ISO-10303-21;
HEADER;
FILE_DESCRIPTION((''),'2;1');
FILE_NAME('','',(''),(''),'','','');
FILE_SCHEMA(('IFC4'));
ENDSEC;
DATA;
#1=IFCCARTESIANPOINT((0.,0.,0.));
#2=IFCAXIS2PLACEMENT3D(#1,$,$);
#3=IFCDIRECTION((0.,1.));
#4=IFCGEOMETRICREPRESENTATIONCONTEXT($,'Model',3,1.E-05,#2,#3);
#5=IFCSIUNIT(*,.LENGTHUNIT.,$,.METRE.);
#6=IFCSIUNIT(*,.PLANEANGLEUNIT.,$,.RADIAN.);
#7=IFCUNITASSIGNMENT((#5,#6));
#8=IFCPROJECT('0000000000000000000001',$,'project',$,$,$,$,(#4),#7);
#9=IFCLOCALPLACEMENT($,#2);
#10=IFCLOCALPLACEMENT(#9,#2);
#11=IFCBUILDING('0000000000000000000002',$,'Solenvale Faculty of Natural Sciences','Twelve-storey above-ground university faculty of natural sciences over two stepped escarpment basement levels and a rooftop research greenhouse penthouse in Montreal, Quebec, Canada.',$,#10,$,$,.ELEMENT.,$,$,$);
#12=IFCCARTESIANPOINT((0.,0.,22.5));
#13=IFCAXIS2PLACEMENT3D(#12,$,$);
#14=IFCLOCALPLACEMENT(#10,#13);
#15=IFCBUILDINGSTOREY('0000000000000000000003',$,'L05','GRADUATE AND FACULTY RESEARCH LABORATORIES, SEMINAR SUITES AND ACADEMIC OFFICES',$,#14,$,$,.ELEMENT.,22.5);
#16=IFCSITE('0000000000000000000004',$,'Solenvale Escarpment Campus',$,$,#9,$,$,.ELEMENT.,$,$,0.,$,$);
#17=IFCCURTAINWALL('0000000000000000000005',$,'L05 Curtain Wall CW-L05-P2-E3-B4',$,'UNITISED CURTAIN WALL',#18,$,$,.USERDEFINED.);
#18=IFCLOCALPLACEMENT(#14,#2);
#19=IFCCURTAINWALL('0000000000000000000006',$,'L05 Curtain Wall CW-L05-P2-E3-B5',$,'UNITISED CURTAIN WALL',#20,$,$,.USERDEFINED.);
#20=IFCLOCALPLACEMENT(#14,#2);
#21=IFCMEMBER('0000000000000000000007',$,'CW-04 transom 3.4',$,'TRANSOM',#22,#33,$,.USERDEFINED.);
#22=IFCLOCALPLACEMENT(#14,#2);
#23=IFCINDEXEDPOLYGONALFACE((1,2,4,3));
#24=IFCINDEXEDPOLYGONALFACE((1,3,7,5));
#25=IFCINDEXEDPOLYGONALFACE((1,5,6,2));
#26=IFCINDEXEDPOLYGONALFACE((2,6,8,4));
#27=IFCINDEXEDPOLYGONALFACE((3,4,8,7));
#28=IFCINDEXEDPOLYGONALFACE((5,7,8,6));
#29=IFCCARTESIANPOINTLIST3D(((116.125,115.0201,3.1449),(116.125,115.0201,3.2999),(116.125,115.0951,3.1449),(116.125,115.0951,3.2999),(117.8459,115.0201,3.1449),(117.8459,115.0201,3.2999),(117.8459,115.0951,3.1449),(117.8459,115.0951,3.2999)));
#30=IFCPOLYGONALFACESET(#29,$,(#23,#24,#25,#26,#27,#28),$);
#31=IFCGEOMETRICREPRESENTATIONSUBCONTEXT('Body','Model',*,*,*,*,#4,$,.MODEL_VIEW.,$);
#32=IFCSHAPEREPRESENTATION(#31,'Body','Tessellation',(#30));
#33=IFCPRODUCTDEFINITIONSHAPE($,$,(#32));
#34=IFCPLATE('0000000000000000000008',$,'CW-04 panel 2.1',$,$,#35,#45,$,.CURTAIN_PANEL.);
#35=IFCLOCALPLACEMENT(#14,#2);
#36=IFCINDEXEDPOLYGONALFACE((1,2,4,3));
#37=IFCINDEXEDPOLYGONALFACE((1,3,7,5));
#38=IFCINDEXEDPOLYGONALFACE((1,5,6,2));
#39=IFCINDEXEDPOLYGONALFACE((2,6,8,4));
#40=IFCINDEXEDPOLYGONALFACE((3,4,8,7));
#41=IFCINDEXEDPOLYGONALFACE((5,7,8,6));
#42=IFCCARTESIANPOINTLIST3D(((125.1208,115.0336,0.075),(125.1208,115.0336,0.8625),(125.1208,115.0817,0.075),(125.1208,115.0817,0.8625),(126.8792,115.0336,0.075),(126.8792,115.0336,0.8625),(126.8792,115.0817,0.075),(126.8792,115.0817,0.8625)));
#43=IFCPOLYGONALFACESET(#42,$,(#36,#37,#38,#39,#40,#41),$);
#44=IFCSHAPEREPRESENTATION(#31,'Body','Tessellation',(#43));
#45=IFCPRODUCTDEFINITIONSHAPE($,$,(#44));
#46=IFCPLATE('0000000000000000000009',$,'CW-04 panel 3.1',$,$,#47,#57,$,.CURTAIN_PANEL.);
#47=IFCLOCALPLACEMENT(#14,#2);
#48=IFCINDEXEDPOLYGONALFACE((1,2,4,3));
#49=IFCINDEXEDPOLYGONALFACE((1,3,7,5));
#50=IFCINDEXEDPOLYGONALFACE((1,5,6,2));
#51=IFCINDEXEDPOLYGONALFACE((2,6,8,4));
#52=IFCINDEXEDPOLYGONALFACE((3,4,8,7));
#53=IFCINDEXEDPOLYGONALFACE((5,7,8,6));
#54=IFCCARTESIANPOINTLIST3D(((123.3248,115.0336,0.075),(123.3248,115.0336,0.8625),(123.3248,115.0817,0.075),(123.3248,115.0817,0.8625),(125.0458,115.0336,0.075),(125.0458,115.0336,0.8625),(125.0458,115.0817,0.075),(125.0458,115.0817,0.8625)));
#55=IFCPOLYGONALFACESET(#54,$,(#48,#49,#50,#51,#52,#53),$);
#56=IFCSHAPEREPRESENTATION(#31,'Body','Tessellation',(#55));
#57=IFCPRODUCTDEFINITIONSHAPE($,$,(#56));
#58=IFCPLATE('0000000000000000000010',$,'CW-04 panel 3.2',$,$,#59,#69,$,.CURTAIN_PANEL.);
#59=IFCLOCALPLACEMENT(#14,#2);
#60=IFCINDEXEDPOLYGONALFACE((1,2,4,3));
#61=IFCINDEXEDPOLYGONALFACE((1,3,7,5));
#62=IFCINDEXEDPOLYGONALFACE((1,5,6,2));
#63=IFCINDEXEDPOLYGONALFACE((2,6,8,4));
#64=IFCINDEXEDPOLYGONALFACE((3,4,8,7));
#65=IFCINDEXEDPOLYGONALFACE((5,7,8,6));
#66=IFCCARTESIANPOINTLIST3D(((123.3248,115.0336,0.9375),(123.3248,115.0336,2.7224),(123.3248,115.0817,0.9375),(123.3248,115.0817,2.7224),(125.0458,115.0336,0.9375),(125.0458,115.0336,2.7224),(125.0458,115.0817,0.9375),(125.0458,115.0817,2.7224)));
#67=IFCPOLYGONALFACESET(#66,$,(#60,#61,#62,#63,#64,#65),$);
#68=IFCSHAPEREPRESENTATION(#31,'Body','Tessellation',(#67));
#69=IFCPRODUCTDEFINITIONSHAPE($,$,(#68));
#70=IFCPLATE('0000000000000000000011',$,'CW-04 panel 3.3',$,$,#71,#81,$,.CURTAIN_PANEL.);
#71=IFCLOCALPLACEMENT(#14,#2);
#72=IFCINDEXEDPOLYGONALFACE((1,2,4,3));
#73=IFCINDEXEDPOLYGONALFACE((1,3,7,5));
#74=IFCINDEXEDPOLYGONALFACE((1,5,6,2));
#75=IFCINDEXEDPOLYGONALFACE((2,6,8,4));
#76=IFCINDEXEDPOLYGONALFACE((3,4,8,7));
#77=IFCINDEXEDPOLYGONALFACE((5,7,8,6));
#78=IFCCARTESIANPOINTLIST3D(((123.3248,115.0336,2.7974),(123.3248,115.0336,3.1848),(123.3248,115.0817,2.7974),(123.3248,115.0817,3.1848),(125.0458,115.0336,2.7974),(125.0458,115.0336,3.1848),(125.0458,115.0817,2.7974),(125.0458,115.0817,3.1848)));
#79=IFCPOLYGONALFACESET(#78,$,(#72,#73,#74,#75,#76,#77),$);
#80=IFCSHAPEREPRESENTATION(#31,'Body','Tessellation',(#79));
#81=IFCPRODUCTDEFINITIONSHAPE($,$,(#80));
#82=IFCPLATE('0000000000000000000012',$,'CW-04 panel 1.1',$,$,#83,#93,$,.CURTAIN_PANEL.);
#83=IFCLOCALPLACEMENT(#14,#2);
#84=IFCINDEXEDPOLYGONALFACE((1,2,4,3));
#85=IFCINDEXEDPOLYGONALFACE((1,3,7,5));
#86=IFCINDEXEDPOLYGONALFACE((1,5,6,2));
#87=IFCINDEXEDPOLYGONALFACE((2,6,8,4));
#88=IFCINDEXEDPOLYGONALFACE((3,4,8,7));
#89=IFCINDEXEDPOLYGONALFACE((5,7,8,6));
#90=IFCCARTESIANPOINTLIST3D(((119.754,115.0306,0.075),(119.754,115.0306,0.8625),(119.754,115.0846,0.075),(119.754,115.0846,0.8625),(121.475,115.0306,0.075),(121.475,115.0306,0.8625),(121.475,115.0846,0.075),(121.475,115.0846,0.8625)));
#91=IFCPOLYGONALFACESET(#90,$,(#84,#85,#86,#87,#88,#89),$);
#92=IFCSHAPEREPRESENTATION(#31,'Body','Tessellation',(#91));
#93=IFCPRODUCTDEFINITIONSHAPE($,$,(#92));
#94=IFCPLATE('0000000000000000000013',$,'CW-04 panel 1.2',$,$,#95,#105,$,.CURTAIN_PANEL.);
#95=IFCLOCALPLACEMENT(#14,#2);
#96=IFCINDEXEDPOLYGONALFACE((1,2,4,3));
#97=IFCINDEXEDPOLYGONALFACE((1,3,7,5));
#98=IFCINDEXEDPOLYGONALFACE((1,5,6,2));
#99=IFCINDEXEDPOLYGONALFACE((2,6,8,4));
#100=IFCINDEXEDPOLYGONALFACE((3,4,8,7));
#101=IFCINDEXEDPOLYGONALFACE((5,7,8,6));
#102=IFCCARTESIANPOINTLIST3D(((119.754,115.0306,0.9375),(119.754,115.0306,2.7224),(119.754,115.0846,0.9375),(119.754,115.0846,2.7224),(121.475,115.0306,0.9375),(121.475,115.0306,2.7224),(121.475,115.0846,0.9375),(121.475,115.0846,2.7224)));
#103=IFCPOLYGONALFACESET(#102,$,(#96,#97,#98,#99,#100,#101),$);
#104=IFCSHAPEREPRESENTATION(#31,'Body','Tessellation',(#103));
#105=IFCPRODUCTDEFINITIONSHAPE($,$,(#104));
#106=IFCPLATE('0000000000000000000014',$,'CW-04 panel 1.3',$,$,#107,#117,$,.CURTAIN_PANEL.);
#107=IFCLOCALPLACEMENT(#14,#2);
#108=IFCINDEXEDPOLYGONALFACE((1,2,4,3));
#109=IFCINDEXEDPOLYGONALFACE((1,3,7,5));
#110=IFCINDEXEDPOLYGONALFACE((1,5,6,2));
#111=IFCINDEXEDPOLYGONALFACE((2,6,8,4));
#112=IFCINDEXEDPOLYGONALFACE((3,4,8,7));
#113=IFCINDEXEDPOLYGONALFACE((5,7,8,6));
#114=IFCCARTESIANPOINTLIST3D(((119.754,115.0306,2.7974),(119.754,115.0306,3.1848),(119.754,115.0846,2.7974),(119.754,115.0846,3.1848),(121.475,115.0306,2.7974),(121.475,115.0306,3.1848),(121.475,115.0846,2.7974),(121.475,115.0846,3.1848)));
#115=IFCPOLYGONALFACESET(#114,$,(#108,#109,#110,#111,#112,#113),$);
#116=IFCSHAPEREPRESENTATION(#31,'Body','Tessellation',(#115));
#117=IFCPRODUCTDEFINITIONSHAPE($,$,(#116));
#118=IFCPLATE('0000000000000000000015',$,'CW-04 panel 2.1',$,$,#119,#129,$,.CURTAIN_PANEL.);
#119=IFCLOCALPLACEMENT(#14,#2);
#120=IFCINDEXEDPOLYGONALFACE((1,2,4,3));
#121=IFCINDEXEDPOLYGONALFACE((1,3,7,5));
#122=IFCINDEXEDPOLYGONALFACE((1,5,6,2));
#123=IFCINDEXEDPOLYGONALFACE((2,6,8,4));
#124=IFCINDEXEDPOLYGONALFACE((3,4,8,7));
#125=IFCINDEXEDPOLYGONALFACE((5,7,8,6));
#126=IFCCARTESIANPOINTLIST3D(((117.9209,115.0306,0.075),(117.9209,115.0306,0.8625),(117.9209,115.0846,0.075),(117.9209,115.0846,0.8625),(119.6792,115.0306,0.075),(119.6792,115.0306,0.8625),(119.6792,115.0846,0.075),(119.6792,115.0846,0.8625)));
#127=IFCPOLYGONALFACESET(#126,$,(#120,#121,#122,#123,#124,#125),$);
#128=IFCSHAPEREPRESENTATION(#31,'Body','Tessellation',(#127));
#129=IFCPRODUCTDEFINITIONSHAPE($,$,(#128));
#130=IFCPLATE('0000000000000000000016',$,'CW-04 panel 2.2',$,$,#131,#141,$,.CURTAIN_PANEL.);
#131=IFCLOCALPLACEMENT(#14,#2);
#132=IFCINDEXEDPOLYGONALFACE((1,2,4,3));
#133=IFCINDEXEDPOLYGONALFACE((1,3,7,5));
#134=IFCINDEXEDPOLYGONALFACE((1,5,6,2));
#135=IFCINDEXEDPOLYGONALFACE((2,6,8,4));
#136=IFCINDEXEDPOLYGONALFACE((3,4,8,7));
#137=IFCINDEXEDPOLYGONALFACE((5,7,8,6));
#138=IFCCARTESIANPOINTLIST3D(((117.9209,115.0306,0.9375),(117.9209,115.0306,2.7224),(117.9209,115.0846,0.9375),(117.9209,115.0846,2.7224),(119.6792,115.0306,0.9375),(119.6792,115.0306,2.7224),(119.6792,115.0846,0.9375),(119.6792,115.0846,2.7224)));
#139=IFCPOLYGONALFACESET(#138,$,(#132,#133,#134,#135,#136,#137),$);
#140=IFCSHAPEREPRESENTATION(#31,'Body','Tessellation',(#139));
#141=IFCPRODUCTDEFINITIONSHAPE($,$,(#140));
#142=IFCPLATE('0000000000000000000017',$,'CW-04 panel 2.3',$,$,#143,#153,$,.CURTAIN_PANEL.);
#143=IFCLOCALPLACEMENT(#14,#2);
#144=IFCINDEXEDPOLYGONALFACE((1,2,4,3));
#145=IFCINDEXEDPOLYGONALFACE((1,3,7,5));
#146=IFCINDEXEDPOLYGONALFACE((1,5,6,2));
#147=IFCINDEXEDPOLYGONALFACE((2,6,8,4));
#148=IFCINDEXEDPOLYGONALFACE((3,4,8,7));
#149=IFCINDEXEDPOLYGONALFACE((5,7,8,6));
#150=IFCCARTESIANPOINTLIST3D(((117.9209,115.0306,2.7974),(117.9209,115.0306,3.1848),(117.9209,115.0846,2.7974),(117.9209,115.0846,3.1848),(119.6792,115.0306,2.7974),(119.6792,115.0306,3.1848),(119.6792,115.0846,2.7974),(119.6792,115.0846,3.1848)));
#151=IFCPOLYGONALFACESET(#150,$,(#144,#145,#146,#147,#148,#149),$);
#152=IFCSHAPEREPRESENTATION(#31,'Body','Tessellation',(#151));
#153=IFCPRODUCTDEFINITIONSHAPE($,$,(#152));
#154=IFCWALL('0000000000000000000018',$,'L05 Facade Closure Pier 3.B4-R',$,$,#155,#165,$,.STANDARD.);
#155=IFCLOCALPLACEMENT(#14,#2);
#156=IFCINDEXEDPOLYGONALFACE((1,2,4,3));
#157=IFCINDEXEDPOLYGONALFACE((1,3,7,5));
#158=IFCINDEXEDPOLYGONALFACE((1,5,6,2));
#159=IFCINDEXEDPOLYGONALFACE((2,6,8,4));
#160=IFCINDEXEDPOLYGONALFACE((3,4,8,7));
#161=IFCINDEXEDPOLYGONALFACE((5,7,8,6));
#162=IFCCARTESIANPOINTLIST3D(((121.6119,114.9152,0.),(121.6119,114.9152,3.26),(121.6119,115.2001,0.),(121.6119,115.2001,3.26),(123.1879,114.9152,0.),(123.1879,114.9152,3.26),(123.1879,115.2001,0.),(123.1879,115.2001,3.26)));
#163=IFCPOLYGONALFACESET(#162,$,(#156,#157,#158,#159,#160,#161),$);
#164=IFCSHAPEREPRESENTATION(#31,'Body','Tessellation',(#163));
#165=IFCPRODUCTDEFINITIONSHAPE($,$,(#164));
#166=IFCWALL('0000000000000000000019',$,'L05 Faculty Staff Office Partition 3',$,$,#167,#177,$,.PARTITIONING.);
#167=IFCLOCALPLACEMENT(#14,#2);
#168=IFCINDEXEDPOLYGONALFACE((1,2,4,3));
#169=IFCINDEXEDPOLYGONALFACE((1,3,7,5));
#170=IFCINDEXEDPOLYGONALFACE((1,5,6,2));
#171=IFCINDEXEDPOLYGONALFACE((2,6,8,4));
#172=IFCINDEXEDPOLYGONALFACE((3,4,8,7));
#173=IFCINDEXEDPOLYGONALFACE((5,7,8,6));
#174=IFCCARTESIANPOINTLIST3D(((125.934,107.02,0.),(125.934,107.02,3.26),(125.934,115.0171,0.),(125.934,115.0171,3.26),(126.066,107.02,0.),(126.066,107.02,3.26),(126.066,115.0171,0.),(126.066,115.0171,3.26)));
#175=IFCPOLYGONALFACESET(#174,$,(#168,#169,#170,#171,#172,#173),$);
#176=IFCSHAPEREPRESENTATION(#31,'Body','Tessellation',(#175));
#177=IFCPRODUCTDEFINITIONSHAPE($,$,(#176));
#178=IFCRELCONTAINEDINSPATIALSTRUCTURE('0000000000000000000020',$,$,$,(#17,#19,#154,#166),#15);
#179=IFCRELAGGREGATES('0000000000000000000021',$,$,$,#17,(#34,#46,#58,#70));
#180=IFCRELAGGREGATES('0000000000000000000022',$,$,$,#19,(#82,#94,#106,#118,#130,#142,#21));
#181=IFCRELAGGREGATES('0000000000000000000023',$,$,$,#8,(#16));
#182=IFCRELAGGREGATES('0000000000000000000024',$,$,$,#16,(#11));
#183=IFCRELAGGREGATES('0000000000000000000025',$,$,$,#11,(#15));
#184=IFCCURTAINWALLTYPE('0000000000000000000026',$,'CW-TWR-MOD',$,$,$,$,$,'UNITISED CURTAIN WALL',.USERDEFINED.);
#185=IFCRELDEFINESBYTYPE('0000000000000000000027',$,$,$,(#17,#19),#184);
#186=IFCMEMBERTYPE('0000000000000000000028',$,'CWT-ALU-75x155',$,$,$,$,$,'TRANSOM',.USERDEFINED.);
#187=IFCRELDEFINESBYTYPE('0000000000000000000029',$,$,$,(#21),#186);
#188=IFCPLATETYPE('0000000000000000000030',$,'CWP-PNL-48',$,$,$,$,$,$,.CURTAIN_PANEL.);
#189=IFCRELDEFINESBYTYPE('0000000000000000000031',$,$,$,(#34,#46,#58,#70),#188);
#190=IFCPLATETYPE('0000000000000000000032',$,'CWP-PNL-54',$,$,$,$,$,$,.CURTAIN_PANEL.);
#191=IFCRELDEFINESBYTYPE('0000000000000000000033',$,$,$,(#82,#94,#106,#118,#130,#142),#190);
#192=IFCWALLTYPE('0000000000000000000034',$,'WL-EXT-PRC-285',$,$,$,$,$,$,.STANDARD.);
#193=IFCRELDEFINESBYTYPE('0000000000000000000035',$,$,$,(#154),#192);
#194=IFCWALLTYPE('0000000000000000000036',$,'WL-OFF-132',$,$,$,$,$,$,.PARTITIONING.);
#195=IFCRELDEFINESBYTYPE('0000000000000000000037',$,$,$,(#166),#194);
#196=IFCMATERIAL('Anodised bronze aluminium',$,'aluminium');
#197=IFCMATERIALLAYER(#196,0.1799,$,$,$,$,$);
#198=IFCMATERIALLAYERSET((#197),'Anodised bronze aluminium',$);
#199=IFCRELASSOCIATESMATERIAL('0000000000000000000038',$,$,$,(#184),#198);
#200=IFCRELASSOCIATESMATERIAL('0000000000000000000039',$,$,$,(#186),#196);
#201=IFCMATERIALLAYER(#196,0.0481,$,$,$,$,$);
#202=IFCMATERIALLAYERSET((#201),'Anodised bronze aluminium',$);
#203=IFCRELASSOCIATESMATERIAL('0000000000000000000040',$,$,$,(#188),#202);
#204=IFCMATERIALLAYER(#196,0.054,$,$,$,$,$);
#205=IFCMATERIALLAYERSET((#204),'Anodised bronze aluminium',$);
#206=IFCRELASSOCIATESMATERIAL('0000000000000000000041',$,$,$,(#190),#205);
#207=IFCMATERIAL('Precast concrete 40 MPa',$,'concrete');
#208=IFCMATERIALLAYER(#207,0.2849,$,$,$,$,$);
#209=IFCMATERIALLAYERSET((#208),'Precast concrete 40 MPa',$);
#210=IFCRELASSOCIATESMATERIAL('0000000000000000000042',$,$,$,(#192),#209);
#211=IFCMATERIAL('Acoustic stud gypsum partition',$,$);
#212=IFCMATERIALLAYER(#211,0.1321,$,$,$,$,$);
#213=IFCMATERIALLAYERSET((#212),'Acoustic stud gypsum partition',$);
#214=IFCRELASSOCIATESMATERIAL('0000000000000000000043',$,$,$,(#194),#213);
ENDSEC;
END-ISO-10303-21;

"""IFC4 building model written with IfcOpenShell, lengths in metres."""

from ifc_helpers import new_model, si_unit, direction, frame, frame_2d, origin, origin_2d, place, context, subcontext, project, spatial, rectangle, extrude, material, layer, layer_set, material_profile, profile_set, type_object, element, aggregate, save


model = new_model("IFC4")

# Units and contexts
model_context = context("Model", 3, precision=1e-05, world=origin(), true_north=direction((0.0, 1.0)))
body_context = subcontext(model_context, "Body", "Model", "MODEL_VIEW")
ifc_project = project(units=[si_unit("LENGTHUNIT", "METRE"), si_unit("PLANEANGLEUNIT", "RADIAN")], contexts=[model_context])

# Site, building, storey
site_placement = place(None, origin())
site = spatial("IfcSite", under=ifc_project, at=site_placement, Name="Solenvale Escarpment Campus", CompositionType="ELEMENT", RefElevation=0.0)
building_placement = place(site_placement, origin())
building = spatial("IfcBuilding", under=site, at=building_placement, Name="Solenvale Faculty of Natural Sciences", Description="Twelve-storey above-ground university faculty of natural sciences over two stepped escarpment basement levels and a rooftop research greenhouse penthouse in Montreal, Quebec, Canada.", CompositionType="ELEMENT")
storey_placement = place(building_placement, frame((0.0, 0.0, 22.5)))
storey = spatial("IfcBuildingStorey", under=building, at=storey_placement, Name="L05", Description="GRADUATE AND FACULTY RESEARCH LABORATORIES, SEMINAR SUITES AND ACADEMIC OFFICES", CompositionType="ELEMENT", Elevation=22.5)

# Shared definitions
ifc_material_1 = material(Name="Precast concrete 40 MPa", Category="concrete")

# Curtain walls
ifc_material_2 = material(Name="Anodised bronze aluminium", Category="aluminium")
ifc_layer_1 = layer(ifc_material_2, 0.1799)
ifc_layer_set_1 = layer_set([ifc_layer_1], Name="Anodised bronze aluminium")
curtain_wall_type = type_object("IfcCurtainWallType", Name="CW-TWR-MOD", ElementType="UNITISED CURTAIN WALL", PredefinedType="USERDEFINED", material=ifc_layer_set_1)
curtain_wall_1_placement = place(storey_placement, origin())
curtain_wall_1 = element("IfcCurtainWall", 1, at=curtain_wall_1_placement, inside=storey, type_object=curtain_wall_type, Name="L05 Curtain Wall CW-L05-P2-E3-B4", ObjectType="UNITISED CURTAIN WALL", PredefinedType="USERDEFINED")
curtain_wall_2_placement = place(storey_placement, origin())
curtain_wall_2 = element("IfcCurtainWall", 2, at=curtain_wall_2_placement, inside=storey, type_object=curtain_wall_type, Name="L05 Curtain Wall CW-L05-P2-E3-B5", ObjectType="UNITISED CURTAIN WALL", PredefinedType="USERDEFINED")

# Member
ifc_material_profile_1 = material_profile(ifc_material_2, rectangle(XDim=0.075, YDim=0.155, at=origin_2d()), Name="ALU-TRN-75x155")
ifc_profile_set_1 = profile_set([ifc_material_profile_1], Name="Anodised bronze aluminium")
member_type_1 = type_object("IfcMemberType", Name="CWT-ALU-75x155", ElementType="TRANSOM", PredefinedType="USERDEFINED", material=ifc_profile_set_1)
member_1_placement = place(storey_placement, frame((117.8459, 115.0576, 3.2224), z_axis=(-1.0, 0.0, 0.0), x_axis=(0.0, -1.0, 0.0)))
member_1 = element("IfcMember", 3, at=member_1_placement, type_object=member_type_1, Name="CW-04 transom 3.4", ObjectType="TRANSOM", PredefinedType="USERDEFINED", context=body_context, shape_type="SweptSolid", body=[
    extrude(rectangle(XDim=0.075, YDim=0.155, at=origin_2d()), origin(), (0.0, 0.0, 1.0), 1.7209),
])

# Plates
ifc_layer_2 = layer(ifc_material_2, 0.0481)
ifc_layer_set_2 = layer_set([ifc_layer_2], Name="Anodised bronze aluminium")
plate_type_1 = type_object("IfcPlateType", Name="CWP-PNL-48", PredefinedType="CURTAIN_PANEL", material=ifc_layer_set_2)
plate_1_placement = place(storey_placement, frame((126.0, 115.0576, 0.075), z_axis=(0.0, 0.0, 1.0), x_axis=(-1.0, 0.0, 0.0)))
plate_1 = element("IfcPlate", 4, at=plate_1_placement, type_object=plate_type_1, Name="CW-04 panel 2.1", PredefinedType="CURTAIN_PANEL", context=body_context, shape_type="SweptSolid", body=[
    extrude(rectangle(XDim=1.7583, YDim=0.0481, at=origin_2d()), origin(), (0.0, 0.0, 1.0), 0.7876),
])
plate_2_placement = place(storey_placement, frame((124.1853, 115.0576, 0.075), z_axis=(0.0, 0.0, 1.0), x_axis=(-1.0, 0.0, 0.0)))
plate_2 = element("IfcPlate", 5, at=plate_2_placement, type_object=plate_type_1, Name="CW-04 panel 3.1", PredefinedType="CURTAIN_PANEL", context=body_context, shape_type="SweptSolid", body=[
    extrude(rectangle(XDim=1.7209, YDim=0.0481, at=origin_2d()), origin(), (0.0, 0.0, 1.0), 0.7876),
])
plate_3_placement = place(storey_placement, frame((124.1853, 115.0576, 0.9375), z_axis=(0.0, 0.0, 1.0), x_axis=(-1.0, 0.0, 0.0)))
plate_3 = element("IfcPlate", 6, at=plate_3_placement, type_object=plate_type_1, Name="CW-04 panel 3.2", PredefinedType="CURTAIN_PANEL", context=body_context, shape_type="SweptSolid", body=[
    extrude(rectangle(XDim=1.7209, YDim=0.0481, at=origin_2d()), origin(), (0.0, 0.0, 1.0), 1.7849),
])
plate_4_placement = place(storey_placement, frame((124.1853, 115.0576, 2.7974), z_axis=(0.0, 0.0, 1.0), x_axis=(-1.0, 0.0, 0.0)))
plate_4 = element("IfcPlate", 7, at=plate_4_placement, type_object=plate_type_1, Name="CW-04 panel 3.3", PredefinedType="CURTAIN_PANEL", context=body_context, shape_type="SweptSolid", body=[
    extrude(rectangle(XDim=1.7209, YDim=0.0481, at=origin_2d()), origin(), (0.0, 0.0, 1.0), 0.3875),
])
aggregate(curtain_wall_1, [plate_1, plate_2, plate_3, plate_4])
ifc_layer_3 = layer(ifc_material_2, 0.054)
ifc_layer_set_3 = layer_set([ifc_layer_3], Name="Anodised bronze aluminium")
plate_type_2 = type_object("IfcPlateType", Name="CWP-PNL-54", PredefinedType="CURTAIN_PANEL", material=ifc_layer_set_3)
plate_5_placement = place(storey_placement, frame((120.6145, 115.0576, 0.075), z_axis=(0.0, 0.0, 1.0), x_axis=(-1.0, 0.0, 0.0)))
plate_5 = element("IfcPlate", 8, at=plate_5_placement, type_object=plate_type_2, Name="CW-04 panel 1.1", PredefinedType="CURTAIN_PANEL", context=body_context, shape_type="SweptSolid", body=[
    extrude(rectangle(XDim=1.7209, YDim=0.054, at=origin_2d()), origin(), (0.0, 0.0, 1.0), 0.7876),
])
plate_6_placement = place(storey_placement, frame((120.6145, 115.0576, 0.9375), z_axis=(0.0, 0.0, 1.0), x_axis=(-1.0, 0.0, 0.0)))
plate_6 = element("IfcPlate", 9, at=plate_6_placement, type_object=plate_type_2, Name="CW-04 panel 1.2", PredefinedType="CURTAIN_PANEL", context=body_context, shape_type="SweptSolid", body=[
    extrude(rectangle(XDim=1.7209, YDim=0.054, at=origin_2d()), origin(), (0.0, 0.0, 1.0), 1.7849),
])
plate_7_placement = place(storey_placement, frame((120.6145, 115.0576, 2.7974), z_axis=(0.0, 0.0, 1.0), x_axis=(-1.0, 0.0, 0.0)))
plate_7 = element("IfcPlate", 10, at=plate_7_placement, type_object=plate_type_2, Name="CW-04 panel 1.3", PredefinedType="CURTAIN_PANEL", context=body_context, shape_type="SweptSolid", body=[
    extrude(rectangle(XDim=1.7209, YDim=0.054, at=origin_2d()), origin(), (0.0, 0.0, 1.0), 0.3875),
])
plate_8_placement = place(storey_placement, frame((118.8, 115.0576, 0.075), z_axis=(0.0, 0.0, 1.0), x_axis=(-1.0, 0.0, 0.0)))
plate_8 = element("IfcPlate", 11, at=plate_8_placement, type_object=plate_type_2, Name="CW-04 panel 2.1", PredefinedType="CURTAIN_PANEL", context=body_context, shape_type="SweptSolid", body=[
    extrude(rectangle(XDim=1.7583, YDim=0.054, at=origin_2d()), origin(), (0.0, 0.0, 1.0), 0.7876),
])
plate_9_placement = place(storey_placement, frame((118.8, 115.0576, 0.9375), z_axis=(0.0, 0.0, 1.0), x_axis=(-1.0, 0.0, 0.0)))
plate_9 = element("IfcPlate", 12, at=plate_9_placement, type_object=plate_type_2, Name="CW-04 panel 2.2", PredefinedType="CURTAIN_PANEL", context=body_context, shape_type="SweptSolid", body=[
    extrude(rectangle(XDim=1.7583, YDim=0.054, at=origin_2d()), origin(), (0.0, 0.0, 1.0), 1.7849),
])
plate_10_placement = place(storey_placement, frame((118.8, 115.0576, 2.7974), z_axis=(0.0, 0.0, 1.0), x_axis=(-1.0, 0.0, 0.0)))
plate_10 = element("IfcPlate", 13, at=plate_10_placement, type_object=plate_type_2, Name="CW-04 panel 2.3", PredefinedType="CURTAIN_PANEL", context=body_context, shape_type="SweptSolid", body=[
    extrude(rectangle(XDim=1.7583, YDim=0.054, at=origin_2d()), origin(), (0.0, 0.0, 1.0), 0.3875),
])
aggregate(curtain_wall_2, [plate_5, plate_6, plate_7, plate_8, plate_9, plate_10, member_1])

# Walls
ifc_layer_4 = layer(ifc_material_1, 0.2849)
ifc_layer_set_4 = layer_set([ifc_layer_4], Name="Precast concrete 40 MPa")
wall_type_1 = type_object("IfcWallType", Name="WL-EXT-PRC-285", PredefinedType="STANDARD", material=ifc_layer_set_4)
wall_1_placement = place(storey_placement, frame((123.188, 115.0576, 0.0), z_axis=(0.0, 0.0, 1.0), x_axis=(-1.0, 0.0, 0.0)))
element("IfcWall", 14, at=wall_1_placement, inside=storey, type_object=wall_type_1, Name="L05 Facade Closure Pier 3.B4-R", PredefinedType="STANDARD", context=body_context, shape_type="SweptSolid", body=[
    extrude(rectangle(XDim=1.5759, YDim=0.2849, at=frame_2d((0.7881, 0.0))), origin(), (0.0, 0.0, 1.0), 3.26),
])
ifc_material_3 = material(Name="Acoustic stud gypsum partition")
ifc_layer_5 = layer(ifc_material_3, 0.1321)
ifc_layer_set_5 = layer_set([ifc_layer_5], Name="Acoustic stud gypsum partition")
wall_type_2 = type_object("IfcWallType", Name="WL-OFF-132", PredefinedType="PARTITIONING", material=ifc_layer_set_5)
wall_2_placement = place(storey_placement, frame((126.0, 115.0171, 0.0), z_axis=(0.0, 0.0, 1.0), x_axis=(0.0, -1.0, 0.0)))
element("IfcWall", 15, at=wall_2_placement, inside=storey, type_object=wall_type_2, Name="L05 Faculty Staff Office Partition 3", PredefinedType="PARTITIONING", context=body_context, shape_type="SweptSolid", body=[
    extrude(rectangle(XDim=7.9971, YDim=0.1321, at=frame_2d((3.9985, 0.0))), origin(), (0.0, 0.0, 1.0), 3.26),
])

save(model, "model.ifc")
